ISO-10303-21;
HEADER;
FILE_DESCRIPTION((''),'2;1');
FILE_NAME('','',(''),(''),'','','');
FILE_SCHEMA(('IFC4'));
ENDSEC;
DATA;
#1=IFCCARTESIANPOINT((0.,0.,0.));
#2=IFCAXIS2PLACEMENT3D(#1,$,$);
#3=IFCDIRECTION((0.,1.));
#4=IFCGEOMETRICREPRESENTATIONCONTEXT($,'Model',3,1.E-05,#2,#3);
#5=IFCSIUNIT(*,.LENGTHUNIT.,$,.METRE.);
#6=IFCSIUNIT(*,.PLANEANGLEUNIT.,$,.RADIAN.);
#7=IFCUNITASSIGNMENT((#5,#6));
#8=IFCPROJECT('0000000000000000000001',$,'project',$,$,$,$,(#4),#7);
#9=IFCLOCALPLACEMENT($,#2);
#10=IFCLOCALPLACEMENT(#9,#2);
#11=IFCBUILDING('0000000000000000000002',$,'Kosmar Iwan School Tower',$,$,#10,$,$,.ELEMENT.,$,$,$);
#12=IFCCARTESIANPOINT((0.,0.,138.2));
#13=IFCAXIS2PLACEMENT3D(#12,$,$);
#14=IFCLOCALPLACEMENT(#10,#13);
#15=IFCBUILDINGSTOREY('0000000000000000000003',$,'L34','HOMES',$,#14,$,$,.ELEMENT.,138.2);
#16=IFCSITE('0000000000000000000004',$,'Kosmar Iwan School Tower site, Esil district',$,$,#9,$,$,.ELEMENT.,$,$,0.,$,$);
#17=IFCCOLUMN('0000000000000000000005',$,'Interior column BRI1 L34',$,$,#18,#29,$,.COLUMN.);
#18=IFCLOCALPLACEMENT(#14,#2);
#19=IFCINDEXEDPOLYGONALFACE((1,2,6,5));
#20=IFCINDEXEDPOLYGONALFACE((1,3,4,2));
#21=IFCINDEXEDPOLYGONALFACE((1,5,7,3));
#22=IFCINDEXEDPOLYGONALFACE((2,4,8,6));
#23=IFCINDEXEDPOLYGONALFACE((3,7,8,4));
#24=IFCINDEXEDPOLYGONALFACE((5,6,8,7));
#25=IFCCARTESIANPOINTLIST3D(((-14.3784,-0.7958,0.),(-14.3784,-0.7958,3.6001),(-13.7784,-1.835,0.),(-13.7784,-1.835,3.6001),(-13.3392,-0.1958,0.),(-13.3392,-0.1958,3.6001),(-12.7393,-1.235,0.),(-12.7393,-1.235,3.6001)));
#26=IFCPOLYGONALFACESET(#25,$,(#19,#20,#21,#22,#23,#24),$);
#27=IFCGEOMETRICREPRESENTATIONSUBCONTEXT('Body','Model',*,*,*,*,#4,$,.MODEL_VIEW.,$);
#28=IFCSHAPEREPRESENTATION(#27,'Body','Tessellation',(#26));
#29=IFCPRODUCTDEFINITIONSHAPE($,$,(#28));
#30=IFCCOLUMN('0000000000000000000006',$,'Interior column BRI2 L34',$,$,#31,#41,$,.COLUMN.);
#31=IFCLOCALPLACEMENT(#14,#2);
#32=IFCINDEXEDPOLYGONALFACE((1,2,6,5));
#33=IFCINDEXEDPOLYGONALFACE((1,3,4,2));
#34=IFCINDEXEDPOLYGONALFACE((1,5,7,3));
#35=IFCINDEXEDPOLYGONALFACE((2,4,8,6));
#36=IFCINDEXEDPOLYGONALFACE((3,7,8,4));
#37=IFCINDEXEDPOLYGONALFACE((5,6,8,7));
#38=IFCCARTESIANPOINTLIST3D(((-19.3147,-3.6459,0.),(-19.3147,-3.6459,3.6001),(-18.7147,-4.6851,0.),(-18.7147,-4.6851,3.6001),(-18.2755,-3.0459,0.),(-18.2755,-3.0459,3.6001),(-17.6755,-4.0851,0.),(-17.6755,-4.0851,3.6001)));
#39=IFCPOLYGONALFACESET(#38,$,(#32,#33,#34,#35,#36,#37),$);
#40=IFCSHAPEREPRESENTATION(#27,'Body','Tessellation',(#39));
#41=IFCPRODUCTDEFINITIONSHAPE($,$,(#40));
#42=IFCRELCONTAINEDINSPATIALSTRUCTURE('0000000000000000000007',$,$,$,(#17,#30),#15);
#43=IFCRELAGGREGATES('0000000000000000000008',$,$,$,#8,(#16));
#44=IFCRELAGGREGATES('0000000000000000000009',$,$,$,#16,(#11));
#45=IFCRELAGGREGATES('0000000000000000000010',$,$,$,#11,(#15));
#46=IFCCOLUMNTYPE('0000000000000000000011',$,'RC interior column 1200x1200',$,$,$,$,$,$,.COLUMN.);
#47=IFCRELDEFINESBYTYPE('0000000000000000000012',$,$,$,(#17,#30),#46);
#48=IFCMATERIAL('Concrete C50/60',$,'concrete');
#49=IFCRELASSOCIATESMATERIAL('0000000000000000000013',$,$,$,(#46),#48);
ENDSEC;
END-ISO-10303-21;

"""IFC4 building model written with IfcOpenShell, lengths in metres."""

from ifc_helpers import new_model, si_unit, direction, frame, origin, origin_2d, place, context, subcontext, project, spatial, rectangle, extrude, material, material_profile, profile_set, type_object, element, save


model = new_model("IFC4")

# Units and contexts
model_context = context("Model", 3, precision=1e-05, world=origin(), true_north=direction((0.0, 1.0)))
body_context = subcontext(model_context, "Body", "Model", "MODEL_VIEW")
ifc_project = project(units=[si_unit("LENGTHUNIT", "METRE"), si_unit("PLANEANGLEUNIT", "RADIAN")], contexts=[model_context])

# Site, building, storey
site_placement = place(None, origin())
site = spatial("IfcSite", under=ifc_project, at=site_placement, Name="Kosmar Iwan School Tower site, Esil district", CompositionType="ELEMENT", RefElevation=0.0)
building_placement = place(site_placement, origin())
building = spatial("IfcBuilding", under=site, at=building_placement, Name="Kosmar Iwan School Tower", CompositionType="ELEMENT")
storey_placement = place(building_placement, frame((0.0, 0.0, 138.2)))
storey = spatial("IfcBuildingStorey", under=building, at=storey_placement, Name="L34", Description="HOMES", CompositionType="ELEMENT", Elevation=138.2)

# Columns
ifc_material_1 = material(Name="Concrete C50/60", Category="concrete")
ifc_material_profile = material_profile(ifc_material_1, rectangle(XDim=1.2, YDim=1.2, at=origin_2d()), Name="RC 1200x1200")
ifc_profile_set = profile_set([ifc_material_profile], Name="Concrete C50/60")
column_type = type_object("IfcColumnType", Name="RC interior column 1200x1200", PredefinedType="COLUMN", material=ifc_profile_set)
for number, where, z_axis, x_axis, name in (
    (1, (-13.5588, -1.0154, 0.0), (0.0, 0.0, 1.0), (-0.866025, -0.5, 0.0), "Interior column BRI1 L34"),
    (2, (-18.4951, -3.8655, 0.0), (0.0, 0.0, 1.0), (-0.866025, -0.5, 0.0), "Interior column BRI2 L34"),
):
    element("IfcColumn", number, at=place(storey_placement, frame(where, z_axis=z_axis, x_axis=x_axis)), inside=storey, type_object=column_type, Name=name, PredefinedType="COLUMN", context=body_context, shape_type="SweptSolid", body=[
        extrude(rectangle(XDim=1.2, YDim=1.2, at=origin_2d()), origin(), (0.0, 0.0, 1.0), 3.6001),
    ])

save(model, "model.ifc")
